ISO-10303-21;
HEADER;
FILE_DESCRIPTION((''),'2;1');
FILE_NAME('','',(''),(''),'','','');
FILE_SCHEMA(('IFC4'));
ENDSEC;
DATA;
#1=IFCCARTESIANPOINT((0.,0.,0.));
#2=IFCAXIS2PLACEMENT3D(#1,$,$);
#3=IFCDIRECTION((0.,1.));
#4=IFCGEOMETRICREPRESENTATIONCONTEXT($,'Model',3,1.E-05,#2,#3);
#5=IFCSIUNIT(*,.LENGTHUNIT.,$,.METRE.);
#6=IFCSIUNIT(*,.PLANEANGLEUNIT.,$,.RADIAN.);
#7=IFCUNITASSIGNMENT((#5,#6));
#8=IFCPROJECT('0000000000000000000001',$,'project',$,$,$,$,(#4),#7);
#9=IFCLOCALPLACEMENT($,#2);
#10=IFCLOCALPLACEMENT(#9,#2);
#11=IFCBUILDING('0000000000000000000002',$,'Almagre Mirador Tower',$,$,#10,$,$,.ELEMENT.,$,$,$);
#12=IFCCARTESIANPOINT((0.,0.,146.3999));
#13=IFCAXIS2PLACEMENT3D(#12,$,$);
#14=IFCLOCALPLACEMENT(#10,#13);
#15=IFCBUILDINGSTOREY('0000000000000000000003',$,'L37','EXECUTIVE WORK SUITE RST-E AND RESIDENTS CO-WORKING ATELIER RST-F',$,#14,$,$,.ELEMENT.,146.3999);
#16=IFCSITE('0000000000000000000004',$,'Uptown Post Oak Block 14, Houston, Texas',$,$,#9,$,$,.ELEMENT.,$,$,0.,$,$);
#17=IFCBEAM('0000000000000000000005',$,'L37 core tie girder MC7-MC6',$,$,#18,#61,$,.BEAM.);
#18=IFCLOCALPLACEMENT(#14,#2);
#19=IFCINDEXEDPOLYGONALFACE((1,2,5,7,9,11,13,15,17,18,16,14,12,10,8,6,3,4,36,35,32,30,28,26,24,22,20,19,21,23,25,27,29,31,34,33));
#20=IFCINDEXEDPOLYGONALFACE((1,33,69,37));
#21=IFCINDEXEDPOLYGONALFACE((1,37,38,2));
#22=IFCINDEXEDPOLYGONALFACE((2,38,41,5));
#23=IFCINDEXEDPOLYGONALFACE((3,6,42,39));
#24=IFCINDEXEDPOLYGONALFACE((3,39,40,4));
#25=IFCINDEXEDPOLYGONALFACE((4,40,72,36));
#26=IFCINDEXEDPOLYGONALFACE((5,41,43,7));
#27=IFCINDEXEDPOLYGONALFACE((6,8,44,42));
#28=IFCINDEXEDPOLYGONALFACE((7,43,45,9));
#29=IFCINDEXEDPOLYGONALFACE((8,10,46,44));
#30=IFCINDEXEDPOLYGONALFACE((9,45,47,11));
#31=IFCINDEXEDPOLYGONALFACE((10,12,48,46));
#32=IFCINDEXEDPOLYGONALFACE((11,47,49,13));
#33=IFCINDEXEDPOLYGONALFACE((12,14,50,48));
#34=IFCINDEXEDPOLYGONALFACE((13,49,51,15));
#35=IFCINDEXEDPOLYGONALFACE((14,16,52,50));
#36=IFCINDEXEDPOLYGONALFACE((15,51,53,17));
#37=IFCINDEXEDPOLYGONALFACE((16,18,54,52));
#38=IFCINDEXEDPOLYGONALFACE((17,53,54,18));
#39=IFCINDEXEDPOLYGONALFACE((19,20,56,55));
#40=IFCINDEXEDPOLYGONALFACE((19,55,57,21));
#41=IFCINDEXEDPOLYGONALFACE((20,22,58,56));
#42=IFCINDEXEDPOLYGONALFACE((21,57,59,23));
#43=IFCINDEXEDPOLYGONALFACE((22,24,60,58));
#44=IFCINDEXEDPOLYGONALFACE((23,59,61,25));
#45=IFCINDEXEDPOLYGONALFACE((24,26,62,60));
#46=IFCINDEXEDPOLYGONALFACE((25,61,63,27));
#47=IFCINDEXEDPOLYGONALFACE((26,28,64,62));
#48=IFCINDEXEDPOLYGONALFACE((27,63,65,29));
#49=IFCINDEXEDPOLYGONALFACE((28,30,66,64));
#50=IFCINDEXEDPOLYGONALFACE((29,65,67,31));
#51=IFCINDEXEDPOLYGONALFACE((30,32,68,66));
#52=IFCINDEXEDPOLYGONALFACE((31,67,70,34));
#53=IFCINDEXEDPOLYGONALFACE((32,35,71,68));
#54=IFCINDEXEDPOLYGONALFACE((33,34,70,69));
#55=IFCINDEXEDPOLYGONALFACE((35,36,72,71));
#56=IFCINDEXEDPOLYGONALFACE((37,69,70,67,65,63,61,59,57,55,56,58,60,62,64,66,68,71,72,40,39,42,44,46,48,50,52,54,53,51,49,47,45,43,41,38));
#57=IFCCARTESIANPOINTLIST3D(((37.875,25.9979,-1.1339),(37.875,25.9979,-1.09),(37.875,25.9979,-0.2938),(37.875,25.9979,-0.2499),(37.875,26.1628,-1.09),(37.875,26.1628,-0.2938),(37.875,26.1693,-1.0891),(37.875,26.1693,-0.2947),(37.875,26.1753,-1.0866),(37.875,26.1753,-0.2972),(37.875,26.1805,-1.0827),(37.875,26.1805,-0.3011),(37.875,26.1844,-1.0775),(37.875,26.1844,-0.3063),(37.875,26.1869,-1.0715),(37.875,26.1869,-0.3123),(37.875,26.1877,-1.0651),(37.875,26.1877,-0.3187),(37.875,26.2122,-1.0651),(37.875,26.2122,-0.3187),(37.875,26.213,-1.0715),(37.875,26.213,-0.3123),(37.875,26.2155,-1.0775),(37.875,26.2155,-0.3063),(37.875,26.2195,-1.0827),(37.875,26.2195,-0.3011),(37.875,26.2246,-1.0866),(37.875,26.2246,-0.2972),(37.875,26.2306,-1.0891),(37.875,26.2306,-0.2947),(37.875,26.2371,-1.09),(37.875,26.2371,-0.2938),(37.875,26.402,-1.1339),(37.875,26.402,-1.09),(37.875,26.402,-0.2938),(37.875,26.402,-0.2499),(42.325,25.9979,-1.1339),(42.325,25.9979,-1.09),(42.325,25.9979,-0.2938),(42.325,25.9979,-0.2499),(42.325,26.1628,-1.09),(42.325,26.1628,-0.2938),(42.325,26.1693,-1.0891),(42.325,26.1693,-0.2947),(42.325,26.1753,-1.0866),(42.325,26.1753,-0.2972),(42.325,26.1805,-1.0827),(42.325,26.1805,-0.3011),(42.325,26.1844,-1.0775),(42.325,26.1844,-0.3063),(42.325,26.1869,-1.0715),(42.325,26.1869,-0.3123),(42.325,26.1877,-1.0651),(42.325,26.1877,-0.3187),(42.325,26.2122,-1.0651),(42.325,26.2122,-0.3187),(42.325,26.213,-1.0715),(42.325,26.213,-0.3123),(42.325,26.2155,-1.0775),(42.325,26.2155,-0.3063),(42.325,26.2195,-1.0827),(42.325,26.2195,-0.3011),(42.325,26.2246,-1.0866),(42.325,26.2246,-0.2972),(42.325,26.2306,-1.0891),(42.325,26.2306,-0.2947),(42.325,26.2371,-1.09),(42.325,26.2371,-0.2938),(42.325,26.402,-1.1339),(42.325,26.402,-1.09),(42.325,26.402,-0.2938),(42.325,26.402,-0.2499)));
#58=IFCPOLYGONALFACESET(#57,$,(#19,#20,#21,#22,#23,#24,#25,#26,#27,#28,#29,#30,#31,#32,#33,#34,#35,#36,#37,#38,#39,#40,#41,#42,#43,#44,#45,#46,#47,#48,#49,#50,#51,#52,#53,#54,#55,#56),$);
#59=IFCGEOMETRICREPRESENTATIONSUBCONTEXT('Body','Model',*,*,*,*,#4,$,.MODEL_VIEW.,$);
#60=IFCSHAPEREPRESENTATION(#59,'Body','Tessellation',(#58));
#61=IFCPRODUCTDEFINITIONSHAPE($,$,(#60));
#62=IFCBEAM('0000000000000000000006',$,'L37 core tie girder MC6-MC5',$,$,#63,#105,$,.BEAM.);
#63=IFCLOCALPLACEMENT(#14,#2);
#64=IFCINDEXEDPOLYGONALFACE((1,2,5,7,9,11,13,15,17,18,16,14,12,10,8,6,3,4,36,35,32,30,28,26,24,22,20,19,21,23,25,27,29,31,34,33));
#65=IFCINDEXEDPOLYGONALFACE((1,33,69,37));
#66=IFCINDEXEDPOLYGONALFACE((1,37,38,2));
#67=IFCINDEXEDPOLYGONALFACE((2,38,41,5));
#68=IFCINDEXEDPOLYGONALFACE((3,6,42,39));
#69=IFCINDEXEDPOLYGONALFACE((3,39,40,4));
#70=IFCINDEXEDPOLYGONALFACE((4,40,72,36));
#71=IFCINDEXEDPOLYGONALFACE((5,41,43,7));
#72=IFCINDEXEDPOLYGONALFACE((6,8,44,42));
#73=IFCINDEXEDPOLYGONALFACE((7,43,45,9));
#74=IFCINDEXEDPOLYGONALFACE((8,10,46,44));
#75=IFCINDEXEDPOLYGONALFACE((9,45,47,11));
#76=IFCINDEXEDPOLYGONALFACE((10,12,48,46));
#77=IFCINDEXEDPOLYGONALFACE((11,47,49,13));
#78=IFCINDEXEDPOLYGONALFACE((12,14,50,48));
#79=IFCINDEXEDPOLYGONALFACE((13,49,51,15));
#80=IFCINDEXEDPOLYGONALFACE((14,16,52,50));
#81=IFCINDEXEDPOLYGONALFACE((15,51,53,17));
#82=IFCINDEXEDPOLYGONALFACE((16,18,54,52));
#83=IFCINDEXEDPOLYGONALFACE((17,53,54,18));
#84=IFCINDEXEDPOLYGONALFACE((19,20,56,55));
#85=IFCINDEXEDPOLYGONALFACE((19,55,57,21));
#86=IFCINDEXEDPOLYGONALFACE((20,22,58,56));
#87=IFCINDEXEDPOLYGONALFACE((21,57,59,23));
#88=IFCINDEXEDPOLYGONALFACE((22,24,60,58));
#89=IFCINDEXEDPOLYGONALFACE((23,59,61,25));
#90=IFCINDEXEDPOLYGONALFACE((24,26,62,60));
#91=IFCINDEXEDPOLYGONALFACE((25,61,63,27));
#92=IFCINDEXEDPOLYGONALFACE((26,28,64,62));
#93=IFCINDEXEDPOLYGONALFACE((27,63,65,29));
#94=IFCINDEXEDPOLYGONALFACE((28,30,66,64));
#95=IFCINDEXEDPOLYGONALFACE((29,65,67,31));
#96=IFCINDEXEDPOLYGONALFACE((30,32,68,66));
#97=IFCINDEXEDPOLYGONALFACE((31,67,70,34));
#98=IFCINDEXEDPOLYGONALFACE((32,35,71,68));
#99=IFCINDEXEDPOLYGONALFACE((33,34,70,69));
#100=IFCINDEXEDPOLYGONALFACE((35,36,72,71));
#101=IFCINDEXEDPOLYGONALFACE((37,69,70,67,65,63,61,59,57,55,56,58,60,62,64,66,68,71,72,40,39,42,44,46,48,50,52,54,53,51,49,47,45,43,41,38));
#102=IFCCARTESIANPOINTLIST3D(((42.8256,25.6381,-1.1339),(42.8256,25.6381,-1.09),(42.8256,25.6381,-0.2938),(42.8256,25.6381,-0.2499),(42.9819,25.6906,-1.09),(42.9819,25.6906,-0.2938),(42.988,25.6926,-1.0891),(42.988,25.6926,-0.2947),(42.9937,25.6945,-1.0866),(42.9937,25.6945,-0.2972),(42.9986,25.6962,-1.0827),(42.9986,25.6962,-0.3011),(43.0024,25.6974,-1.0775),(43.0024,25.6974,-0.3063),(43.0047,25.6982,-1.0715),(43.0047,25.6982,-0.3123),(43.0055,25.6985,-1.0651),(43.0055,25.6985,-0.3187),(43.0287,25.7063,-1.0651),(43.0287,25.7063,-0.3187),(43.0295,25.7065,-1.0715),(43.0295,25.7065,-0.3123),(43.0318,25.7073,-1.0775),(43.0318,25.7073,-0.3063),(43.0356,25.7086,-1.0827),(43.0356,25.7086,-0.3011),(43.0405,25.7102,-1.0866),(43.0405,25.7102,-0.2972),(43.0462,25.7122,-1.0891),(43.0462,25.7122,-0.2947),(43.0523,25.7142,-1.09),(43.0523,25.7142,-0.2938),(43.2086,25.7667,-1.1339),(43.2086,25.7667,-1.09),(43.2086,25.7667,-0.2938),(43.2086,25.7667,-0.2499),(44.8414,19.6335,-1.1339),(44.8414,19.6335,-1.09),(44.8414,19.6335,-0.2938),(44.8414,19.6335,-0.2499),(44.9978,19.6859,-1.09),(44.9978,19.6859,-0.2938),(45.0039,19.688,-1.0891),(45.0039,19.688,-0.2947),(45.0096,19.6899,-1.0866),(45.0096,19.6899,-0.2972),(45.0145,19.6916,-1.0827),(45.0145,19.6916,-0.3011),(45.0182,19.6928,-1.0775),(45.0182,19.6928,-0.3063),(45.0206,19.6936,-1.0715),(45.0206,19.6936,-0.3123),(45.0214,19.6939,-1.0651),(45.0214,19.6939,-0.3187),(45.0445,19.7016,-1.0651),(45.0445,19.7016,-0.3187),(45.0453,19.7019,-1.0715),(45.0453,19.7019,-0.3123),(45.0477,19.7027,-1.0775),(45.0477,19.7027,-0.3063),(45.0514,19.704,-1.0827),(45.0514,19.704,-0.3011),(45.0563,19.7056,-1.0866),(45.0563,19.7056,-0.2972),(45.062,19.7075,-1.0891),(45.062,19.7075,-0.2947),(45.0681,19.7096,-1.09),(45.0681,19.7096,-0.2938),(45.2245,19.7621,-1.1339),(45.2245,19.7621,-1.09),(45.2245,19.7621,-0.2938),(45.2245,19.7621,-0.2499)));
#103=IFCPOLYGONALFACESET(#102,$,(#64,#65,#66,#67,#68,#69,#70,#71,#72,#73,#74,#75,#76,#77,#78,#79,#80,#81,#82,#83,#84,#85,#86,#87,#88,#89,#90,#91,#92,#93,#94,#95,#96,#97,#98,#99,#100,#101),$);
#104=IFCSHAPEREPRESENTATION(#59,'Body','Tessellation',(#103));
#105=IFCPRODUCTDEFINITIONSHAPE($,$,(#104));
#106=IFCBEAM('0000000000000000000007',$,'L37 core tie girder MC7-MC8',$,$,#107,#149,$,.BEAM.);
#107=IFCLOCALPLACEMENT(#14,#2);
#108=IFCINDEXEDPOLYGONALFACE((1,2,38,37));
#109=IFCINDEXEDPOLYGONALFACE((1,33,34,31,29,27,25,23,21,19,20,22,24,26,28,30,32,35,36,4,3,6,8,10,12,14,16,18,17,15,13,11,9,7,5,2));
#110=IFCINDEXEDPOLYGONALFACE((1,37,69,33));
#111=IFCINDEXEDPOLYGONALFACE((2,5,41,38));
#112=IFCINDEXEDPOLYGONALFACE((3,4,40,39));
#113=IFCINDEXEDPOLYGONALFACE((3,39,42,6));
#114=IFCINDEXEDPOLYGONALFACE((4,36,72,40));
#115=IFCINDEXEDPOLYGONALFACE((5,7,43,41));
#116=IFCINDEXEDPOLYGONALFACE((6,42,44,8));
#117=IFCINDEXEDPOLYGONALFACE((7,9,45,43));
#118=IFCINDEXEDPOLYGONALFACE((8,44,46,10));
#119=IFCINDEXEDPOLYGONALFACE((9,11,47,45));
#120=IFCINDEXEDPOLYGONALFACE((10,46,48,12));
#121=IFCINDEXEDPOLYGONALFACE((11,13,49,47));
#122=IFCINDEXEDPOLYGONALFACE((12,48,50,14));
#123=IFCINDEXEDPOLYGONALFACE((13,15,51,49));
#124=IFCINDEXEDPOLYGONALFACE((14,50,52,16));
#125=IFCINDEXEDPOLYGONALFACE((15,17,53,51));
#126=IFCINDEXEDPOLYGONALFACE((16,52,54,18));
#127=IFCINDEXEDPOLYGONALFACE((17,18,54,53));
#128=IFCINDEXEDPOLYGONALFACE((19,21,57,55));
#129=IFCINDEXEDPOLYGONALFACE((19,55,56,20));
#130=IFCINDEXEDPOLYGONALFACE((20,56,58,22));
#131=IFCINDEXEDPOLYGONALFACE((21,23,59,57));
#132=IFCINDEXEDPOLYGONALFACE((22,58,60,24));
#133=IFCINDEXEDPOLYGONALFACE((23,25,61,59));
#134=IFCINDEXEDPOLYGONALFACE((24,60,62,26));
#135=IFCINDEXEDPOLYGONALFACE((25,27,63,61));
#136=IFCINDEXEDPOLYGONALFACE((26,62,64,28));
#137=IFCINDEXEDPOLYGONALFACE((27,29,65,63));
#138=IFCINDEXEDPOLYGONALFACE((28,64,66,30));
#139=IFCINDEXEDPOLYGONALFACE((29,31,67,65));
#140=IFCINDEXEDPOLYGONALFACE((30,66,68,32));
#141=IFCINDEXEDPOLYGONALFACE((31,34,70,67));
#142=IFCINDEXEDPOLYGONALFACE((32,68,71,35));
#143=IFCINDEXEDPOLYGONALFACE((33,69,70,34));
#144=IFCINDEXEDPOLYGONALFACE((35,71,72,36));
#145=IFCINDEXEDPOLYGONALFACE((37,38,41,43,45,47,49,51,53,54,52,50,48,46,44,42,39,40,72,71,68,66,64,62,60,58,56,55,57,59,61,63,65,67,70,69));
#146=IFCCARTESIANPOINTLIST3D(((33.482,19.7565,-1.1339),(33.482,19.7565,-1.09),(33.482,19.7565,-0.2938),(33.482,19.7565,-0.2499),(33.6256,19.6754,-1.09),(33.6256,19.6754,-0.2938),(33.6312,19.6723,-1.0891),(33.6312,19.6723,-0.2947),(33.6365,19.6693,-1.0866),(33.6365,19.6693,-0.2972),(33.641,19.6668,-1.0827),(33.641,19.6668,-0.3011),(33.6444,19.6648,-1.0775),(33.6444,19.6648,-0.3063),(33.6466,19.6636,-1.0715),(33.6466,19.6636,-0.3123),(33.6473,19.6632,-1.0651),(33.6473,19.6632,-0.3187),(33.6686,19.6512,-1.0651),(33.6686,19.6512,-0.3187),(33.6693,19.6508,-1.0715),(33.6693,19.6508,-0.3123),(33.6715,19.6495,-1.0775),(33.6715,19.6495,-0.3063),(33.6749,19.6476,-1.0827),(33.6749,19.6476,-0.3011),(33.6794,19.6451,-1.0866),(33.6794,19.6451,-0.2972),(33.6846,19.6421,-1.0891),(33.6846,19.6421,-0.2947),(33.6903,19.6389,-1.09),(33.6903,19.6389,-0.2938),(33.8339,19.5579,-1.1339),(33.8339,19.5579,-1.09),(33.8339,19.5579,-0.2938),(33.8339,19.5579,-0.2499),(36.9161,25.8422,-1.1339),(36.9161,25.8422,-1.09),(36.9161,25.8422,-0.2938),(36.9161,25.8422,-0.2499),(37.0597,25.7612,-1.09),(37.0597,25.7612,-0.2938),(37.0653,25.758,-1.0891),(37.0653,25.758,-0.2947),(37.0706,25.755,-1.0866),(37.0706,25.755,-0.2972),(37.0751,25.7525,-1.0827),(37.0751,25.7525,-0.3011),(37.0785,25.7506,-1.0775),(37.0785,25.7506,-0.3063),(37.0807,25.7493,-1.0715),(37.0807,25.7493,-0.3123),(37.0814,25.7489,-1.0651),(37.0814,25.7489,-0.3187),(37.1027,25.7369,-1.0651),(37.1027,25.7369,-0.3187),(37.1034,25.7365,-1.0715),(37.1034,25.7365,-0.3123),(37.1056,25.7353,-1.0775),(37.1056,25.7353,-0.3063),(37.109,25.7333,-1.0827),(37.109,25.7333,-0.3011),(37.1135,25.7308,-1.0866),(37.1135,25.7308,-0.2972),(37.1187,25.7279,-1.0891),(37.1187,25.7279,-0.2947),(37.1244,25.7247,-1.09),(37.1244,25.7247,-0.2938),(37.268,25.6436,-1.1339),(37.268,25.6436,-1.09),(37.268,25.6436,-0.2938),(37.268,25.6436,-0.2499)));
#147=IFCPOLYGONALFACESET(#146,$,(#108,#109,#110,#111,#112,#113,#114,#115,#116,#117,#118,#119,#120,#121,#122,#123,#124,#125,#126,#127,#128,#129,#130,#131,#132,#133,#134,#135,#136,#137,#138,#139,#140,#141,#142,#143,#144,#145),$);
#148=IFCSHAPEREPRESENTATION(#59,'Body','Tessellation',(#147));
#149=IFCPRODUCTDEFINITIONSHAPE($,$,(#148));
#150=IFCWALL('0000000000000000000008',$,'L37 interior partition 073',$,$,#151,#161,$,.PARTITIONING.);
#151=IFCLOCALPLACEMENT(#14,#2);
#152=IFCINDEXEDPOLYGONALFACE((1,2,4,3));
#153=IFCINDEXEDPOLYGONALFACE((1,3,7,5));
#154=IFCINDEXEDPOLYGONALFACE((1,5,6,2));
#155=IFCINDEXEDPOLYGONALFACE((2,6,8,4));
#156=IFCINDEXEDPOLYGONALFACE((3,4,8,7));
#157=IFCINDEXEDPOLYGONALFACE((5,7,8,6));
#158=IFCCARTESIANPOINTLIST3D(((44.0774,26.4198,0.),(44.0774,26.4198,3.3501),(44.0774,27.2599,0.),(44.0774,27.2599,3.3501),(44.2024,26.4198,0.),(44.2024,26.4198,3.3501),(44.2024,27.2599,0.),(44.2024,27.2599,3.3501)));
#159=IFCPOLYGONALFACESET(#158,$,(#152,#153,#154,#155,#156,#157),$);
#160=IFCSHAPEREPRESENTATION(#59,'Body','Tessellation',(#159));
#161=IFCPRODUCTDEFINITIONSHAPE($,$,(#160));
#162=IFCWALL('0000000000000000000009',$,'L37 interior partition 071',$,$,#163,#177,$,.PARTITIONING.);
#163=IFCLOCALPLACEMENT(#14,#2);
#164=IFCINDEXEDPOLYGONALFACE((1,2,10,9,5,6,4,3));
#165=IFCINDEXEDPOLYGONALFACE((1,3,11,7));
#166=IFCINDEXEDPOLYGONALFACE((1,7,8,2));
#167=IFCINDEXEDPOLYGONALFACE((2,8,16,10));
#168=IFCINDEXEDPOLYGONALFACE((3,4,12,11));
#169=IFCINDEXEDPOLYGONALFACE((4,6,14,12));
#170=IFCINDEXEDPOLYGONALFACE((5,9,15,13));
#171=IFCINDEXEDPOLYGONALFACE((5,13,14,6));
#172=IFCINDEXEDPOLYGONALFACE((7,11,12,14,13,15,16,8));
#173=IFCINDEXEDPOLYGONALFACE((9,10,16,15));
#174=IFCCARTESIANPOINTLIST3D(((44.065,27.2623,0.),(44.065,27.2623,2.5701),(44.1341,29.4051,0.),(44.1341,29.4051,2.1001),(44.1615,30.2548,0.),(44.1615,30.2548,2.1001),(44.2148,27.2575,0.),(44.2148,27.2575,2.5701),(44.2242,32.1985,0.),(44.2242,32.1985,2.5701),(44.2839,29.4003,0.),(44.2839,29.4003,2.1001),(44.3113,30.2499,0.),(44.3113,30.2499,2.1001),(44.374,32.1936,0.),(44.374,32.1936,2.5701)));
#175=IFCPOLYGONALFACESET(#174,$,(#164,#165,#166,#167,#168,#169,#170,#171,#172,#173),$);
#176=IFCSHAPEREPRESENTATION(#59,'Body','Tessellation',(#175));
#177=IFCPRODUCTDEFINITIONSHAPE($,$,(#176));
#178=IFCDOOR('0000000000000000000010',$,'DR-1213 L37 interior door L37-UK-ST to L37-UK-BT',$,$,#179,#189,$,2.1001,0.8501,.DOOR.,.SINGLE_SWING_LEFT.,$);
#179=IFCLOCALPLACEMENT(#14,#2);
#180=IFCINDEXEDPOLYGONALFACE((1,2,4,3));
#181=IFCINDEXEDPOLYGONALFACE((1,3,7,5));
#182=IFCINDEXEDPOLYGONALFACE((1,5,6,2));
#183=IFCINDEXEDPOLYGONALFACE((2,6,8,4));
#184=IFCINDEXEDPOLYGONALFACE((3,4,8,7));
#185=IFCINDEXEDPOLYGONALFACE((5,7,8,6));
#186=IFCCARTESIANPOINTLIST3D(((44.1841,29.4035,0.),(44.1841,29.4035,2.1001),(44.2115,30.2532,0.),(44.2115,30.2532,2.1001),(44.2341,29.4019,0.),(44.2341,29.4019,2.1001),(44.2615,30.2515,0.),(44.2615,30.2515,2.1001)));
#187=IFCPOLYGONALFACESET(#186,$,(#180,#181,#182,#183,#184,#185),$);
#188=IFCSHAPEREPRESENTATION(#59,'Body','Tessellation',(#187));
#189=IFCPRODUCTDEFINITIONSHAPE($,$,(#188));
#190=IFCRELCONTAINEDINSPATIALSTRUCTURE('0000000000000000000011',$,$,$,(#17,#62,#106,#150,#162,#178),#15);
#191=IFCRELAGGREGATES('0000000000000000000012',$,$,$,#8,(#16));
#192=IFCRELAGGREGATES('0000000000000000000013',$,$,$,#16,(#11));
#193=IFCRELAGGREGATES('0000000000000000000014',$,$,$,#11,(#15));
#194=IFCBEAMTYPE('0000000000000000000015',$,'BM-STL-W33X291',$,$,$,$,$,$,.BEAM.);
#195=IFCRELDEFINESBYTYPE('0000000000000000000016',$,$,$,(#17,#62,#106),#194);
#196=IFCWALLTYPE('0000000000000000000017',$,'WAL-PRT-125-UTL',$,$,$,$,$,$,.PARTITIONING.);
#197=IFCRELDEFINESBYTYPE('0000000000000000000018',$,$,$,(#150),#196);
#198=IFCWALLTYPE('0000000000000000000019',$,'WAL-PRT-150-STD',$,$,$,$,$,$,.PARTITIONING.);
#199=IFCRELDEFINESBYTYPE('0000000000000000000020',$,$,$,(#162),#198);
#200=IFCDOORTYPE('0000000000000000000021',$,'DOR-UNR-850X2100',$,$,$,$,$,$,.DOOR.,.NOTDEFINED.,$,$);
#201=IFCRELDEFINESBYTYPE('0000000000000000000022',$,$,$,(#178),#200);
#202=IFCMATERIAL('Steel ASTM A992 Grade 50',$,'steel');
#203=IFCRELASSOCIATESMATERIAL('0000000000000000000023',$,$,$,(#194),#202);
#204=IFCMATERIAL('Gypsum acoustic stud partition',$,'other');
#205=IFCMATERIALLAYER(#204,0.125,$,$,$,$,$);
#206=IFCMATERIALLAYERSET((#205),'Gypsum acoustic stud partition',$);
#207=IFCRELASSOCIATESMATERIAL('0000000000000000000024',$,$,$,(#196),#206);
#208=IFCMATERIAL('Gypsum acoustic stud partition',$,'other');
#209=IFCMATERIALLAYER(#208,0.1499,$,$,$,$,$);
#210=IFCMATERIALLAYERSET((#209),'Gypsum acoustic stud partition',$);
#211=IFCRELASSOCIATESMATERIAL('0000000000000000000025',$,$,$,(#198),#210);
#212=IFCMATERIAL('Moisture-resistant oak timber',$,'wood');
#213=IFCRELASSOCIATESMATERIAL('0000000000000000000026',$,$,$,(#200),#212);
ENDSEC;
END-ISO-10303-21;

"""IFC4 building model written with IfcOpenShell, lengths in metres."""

from ifc_helpers import new_model, si_unit, direction, frame, frame_2d, origin, origin_2d, place, context, subcontext, project, spatial, rectangle, i_section, extrude, material, layer, layer_set, material_profile, profile_set, type_object, element, fill, save


model = new_model("IFC4")

# Units and contexts
model_context = context("Model", 3, precision=1e-05, world=origin(), true_north=direction((0.0, 1.0)))
body_context = subcontext(model_context, "Body", "Model", "MODEL_VIEW")
ifc_project = project(units=[si_unit("LENGTHUNIT", "METRE"), si_unit("PLANEANGLEUNIT", "RADIAN")], contexts=[model_context])

# Site, building, storey
site_placement = place(None, origin())
site = spatial("IfcSite", under=ifc_project, at=site_placement, Name="Uptown Post Oak Block 14, Houston, Texas", CompositionType="ELEMENT", RefElevation=0.0)
building_placement = place(site_placement, origin())
building = spatial("IfcBuilding", under=site, at=building_placement, Name="Almagre Mirador Tower", CompositionType="ELEMENT")
storey_placement = place(building_placement, frame((0.0, 0.0, 146.3999)))
storey = spatial("IfcBuildingStorey", under=building, at=storey_placement, Name="L37", Description="EXECUTIVE WORK SUITE RST-E AND RESIDENTS CO-WORKING ATELIER RST-F", CompositionType="ELEMENT", Elevation=146.3999)

# Beams
ifc_material_1 = material(Name="Steel ASTM A992 Grade 50", Category="steel")
ifc_material_profile_1 = material_profile(ifc_material_1, i_section(OverallWidth=0.4041, OverallDepth=0.884, WebThickness=0.0244, FlangeThickness=0.0439, FilletRadius=0.0249, at=origin_2d()), Name="W33X291")
ifc_profile_set_1 = profile_set([ifc_material_profile_1], Name="Steel ASTM A992 Grade 50")
beam_type_1 = type_object("IfcBeamType", Name="BM-STL-W33X291", PredefinedType="BEAM", material=ifc_profile_set_1)
beam_1_placement = place(storey_placement, frame((37.875, 26.2, -0.6919), z_axis=(1.0, 0.0, 0.0), x_axis=(0.0, 1.0, 0.0)))
element("IfcBeam", 1, at=beam_1_placement, inside=storey, type_object=beam_type_1, Name="L37 core tie girder MC7-MC6", PredefinedType="BEAM", context=body_context, shape_type="SweptSolid", body=[
    extrude(i_section(OverallWidth=0.4041, OverallDepth=0.884, WebThickness=0.0244, FlangeThickness=0.0439, FilletRadius=0.0249, at=origin_2d()), origin(), (0.0, 0.0, 1.0), 4.45),
])
beam_2_placement = place(storey_placement, frame((43.0171, 25.7024, -0.6919), z_axis=(0.318262, -0.948003, 0.0), x_axis=(0.948003, 0.318262, 0.0)))
element("IfcBeam", 2, at=beam_2_placement, inside=storey, type_object=beam_type_1, Name="L37 core tie girder MC6-MC5", PredefinedType="BEAM", context=body_context, shape_type="SweptSolid", body=[
    extrude(i_section(OverallWidth=0.4041, OverallDepth=0.884, WebThickness=0.0244, FlangeThickness=0.0439, FilletRadius=0.0249, at=origin_2d()), origin(), (0.0, 0.0, 1.0), 6.334),
])
beam_3_placement = place(storey_placement, frame((37.092, 25.7429, -0.6919), z_axis=(-0.491444, -0.870909, 0.0), x_axis=(0.870909, -0.491444, 0.0)))
element("IfcBeam", 3, at=beam_3_placement, inside=storey, type_object=beam_type_1, Name="L37 core tie girder MC7-MC8", PredefinedType="BEAM", context=body_context, shape_type="SweptSolid", body=[
    extrude(i_section(OverallWidth=0.4041, OverallDepth=0.884, WebThickness=0.0244, FlangeThickness=0.0439, FilletRadius=0.0249, at=origin_2d()), origin(), (0.0, 0.0, 1.0), 6.9878),
])

# Wall
ifc_material_2 = material(Name="Gypsum acoustic stud partition", Category="other")
ifc_layer_1 = layer(ifc_material_2, 0.125)
ifc_layer_set_1 = layer_set([ifc_layer_1], Name="Gypsum acoustic stud partition")
wall_type_1 = type_object("IfcWallType", Name="WAL-PRT-125-UTL", PredefinedType="PARTITIONING", material=ifc_layer_set_1)
wall_1_placement = place(storey_placement, frame((44.1399, 26.4199, 0.0), z_axis=(0.0, 0.0, 1.0), x_axis=(0.0, 1.0, 0.0)))
element("IfcWall", 4, at=wall_1_placement, inside=storey, type_object=wall_type_1, Name="L37 interior partition 073", PredefinedType="PARTITIONING", context=body_context, shape_type="SweptSolid", body=[
    extrude(rectangle(XDim=0.8401, YDim=0.125, at=frame_2d((0.4199, 0.0))), origin(), (0.0, 0.0, 1.0), 3.3501),
])

# Wall, opening, door
ifc_material_3 = material(Name="Gypsum acoustic stud partition", Category="other")
ifc_layer_2 = layer(ifc_material_3, 0.1499)
ifc_layer_set_2 = layer_set([ifc_layer_2], Name="Gypsum acoustic stud partition")
wall_type_2 = type_object("IfcWallType", Name="WAL-PRT-150-STD", PredefinedType="PARTITIONING", material=ifc_layer_set_2)
wall_2_placement = place(storey_placement, frame((44.1399, 27.26, 0.0), z_axis=(0.0, 0.0, 1.0), x_axis=(0.032232, 0.99948, 0.0)))
wall_2 = element("IfcWall", 5, at=wall_2_placement, inside=storey, type_object=wall_type_2, Name="L37 interior partition 071", PredefinedType="PARTITIONING", context=body_context, shape_type="SweptSolid", body=[
    extrude(rectangle(XDim=4.9387, YDim=0.1499, at=frame_2d((2.4692, 0.0))), origin(), (0.0, 0.0, 1.0), 2.5701),
])
opening_1_placement = place(wall_2_placement, frame((2.1438, 0.0, 0.0)))
opening_1 = element("IfcOpeningElement", 6, at=opening_1_placement, cuts=wall_2, PredefinedType="OPENING", context=body_context, shape_type="SweptSolid", body=[
    extrude(rectangle(XDim=0.8501, YDim=2.1001, at=frame_2d((0.425, 1.05))), frame((0.0, 0.085, 0.0), z_axis=(0.0, -1.0, 0.0), x_axis=(1.0, 0.0, 0.0)), (0.0, 0.0, 1.0), 0.1699),
])
ifc_material_4 = material(Name="Moisture-resistant oak timber", Category="wood")
door_type_1 = type_object("IfcDoorType", Name="DOR-UNR-850X2100", OperationType="NOTDEFINED", PredefinedType="DOOR", material=ifc_material_4)
door_1_placement = place(opening_1_placement, origin())
door_1 = element("IfcDoor", 7, at=door_1_placement, inside=storey, type_object=door_type_1, Name="DR-1213 L37 interior door L37-UK-ST to L37-UK-BT", OperationType="SINGLE_SWING_LEFT", OverallHeight=2.1001, OverallWidth=0.8501, PredefinedType="DOOR", context=body_context, shape_type="SweptSolid", body=[
    extrude(rectangle(XDim=0.8501, YDim=2.1001, at=frame_2d((0.425, 1.05))), frame((0.0, 0.0249, 0.0), z_axis=(0.0, -1.0, 0.0), x_axis=(1.0, 0.0, 0.0)), (0.0, 0.0, 1.0), 0.05),
])
fill(opening_1, door_1)

save(model, "model.ifc")
